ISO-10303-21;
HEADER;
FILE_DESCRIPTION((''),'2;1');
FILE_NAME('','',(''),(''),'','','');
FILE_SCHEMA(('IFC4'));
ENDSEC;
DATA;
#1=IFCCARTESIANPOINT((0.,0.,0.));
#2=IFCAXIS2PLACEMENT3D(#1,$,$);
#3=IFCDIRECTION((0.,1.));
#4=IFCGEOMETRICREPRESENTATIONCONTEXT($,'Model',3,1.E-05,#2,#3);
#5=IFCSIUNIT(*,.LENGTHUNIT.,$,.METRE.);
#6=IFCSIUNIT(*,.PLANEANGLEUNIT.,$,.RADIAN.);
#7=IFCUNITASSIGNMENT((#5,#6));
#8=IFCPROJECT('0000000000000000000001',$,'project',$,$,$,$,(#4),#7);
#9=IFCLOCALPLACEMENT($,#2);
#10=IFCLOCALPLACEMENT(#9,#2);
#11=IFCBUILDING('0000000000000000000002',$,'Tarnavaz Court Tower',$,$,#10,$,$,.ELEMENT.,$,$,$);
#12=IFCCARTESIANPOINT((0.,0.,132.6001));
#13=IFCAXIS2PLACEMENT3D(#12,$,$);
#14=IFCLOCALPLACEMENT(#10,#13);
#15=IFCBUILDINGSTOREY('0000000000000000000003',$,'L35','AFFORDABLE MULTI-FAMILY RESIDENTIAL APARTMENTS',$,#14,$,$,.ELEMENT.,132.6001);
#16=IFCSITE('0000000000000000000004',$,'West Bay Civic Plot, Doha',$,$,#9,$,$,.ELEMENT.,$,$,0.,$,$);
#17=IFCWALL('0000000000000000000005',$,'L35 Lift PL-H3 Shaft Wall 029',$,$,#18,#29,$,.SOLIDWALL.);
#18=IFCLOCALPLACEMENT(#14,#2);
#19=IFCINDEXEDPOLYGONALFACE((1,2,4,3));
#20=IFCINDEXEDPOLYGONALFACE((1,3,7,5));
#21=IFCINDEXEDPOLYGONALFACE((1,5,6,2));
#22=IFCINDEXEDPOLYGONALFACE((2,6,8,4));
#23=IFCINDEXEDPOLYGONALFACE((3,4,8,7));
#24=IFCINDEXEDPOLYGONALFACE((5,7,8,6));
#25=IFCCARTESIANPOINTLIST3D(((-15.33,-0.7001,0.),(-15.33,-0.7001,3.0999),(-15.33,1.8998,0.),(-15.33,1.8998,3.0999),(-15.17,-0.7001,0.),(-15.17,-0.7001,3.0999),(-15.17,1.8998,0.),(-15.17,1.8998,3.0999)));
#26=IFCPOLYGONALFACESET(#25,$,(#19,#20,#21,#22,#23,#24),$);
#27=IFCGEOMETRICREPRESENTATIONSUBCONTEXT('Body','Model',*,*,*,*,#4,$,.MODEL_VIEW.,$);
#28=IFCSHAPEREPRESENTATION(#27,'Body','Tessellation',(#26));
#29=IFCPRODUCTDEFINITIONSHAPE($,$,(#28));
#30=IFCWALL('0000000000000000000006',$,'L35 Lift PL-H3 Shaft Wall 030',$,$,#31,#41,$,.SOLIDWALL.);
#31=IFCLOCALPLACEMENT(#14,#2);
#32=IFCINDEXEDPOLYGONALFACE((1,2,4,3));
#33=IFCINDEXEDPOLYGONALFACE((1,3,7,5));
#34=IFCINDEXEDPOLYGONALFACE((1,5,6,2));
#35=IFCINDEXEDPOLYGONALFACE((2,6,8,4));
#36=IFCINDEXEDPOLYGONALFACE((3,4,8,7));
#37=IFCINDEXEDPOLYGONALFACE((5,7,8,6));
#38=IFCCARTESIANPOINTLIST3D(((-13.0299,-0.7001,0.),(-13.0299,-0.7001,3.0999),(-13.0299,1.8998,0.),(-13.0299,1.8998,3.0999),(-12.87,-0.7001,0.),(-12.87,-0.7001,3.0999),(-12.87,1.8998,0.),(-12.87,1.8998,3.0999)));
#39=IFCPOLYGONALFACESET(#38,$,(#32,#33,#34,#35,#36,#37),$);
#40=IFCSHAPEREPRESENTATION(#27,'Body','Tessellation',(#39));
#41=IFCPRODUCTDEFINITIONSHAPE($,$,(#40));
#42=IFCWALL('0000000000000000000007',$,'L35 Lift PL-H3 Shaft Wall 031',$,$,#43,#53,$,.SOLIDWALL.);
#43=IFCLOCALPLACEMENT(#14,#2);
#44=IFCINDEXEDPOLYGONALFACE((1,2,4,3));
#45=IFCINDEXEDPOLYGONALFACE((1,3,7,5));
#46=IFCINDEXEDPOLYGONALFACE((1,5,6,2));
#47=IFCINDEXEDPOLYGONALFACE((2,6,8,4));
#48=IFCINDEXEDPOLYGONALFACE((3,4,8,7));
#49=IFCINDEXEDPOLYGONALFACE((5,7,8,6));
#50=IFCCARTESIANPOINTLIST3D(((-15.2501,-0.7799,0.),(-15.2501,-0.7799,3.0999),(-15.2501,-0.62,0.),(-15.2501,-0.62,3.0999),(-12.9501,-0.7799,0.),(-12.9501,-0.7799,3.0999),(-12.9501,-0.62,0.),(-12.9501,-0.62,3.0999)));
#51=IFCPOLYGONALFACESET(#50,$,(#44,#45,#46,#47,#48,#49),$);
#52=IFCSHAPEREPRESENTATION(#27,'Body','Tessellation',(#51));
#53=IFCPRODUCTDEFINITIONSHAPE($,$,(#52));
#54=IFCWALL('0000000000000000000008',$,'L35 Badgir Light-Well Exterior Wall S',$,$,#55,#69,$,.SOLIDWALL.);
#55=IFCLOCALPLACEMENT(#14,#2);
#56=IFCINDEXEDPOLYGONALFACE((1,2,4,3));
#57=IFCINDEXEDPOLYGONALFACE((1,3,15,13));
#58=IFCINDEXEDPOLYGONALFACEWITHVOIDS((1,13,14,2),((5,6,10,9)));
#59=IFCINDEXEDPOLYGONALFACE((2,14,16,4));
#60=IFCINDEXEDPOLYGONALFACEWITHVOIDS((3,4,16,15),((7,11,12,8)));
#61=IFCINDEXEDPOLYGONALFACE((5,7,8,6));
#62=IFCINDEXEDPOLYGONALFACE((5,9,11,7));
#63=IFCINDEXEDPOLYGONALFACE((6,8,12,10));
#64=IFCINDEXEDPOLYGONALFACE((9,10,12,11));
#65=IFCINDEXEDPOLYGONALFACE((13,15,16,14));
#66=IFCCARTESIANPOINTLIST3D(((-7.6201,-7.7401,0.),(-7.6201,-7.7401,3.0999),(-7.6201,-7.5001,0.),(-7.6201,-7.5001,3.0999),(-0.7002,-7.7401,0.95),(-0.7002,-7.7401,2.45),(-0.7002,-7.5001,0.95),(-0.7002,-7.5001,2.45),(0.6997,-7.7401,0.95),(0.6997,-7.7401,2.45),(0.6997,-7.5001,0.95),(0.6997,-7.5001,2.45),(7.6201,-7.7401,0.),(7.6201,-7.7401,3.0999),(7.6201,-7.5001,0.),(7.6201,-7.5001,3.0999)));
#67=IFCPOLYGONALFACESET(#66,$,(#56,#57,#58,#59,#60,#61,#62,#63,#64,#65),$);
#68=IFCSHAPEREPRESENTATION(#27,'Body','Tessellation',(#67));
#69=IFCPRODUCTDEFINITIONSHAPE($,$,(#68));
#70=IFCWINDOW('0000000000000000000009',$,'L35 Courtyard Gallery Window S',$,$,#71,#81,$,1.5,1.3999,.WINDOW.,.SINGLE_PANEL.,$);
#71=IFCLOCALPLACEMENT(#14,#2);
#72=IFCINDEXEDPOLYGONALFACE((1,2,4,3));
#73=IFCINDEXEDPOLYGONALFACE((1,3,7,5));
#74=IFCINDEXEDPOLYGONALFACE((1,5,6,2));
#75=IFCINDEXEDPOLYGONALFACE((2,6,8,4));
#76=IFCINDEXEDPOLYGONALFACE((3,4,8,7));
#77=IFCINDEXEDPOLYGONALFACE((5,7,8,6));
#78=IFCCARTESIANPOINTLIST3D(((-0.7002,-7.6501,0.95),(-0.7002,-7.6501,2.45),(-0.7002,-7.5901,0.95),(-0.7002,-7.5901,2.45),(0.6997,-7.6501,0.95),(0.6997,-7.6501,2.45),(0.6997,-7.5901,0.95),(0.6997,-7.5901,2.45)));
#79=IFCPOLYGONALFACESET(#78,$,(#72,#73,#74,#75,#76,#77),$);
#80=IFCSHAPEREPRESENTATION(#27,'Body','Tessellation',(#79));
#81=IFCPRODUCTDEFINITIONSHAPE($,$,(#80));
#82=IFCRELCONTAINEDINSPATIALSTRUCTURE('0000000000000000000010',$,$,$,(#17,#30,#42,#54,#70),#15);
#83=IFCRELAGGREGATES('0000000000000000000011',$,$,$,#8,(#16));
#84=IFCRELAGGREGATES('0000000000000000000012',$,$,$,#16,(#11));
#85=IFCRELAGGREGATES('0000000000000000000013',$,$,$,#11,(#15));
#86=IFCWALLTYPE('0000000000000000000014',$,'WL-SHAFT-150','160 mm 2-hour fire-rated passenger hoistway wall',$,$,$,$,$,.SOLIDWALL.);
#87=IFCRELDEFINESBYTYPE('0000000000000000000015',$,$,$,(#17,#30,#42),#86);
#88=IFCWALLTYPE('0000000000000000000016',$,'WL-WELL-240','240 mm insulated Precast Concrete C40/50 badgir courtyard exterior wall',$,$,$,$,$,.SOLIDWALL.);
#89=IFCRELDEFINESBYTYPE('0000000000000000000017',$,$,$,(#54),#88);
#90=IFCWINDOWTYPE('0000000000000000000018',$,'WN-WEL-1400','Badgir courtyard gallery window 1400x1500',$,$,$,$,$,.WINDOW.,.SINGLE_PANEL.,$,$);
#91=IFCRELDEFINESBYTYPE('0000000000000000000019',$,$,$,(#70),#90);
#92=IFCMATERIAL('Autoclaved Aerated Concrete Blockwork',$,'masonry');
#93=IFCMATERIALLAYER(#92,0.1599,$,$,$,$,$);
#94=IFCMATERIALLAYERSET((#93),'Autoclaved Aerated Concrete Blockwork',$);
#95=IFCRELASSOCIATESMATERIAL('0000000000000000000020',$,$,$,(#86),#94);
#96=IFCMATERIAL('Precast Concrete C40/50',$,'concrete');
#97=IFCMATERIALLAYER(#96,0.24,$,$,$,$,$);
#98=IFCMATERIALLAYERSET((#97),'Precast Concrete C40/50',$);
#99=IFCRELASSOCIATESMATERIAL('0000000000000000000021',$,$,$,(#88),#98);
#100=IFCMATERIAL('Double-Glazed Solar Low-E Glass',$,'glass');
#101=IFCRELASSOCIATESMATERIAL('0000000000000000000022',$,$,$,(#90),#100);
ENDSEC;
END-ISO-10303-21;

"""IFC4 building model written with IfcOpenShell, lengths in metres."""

from ifc_helpers import new_model, si_unit, direction, frame, frame_2d, origin, place, context, subcontext, project, spatial, rectangle, extrude, material, layer, layer_set, type_object, element, fill, save


model = new_model("IFC4")

# Units and contexts
model_context = context("Model", 3, precision=1e-05, world=origin(), true_north=direction((0.0, 1.0)))
body_context = subcontext(model_context, "Body", "Model", "MODEL_VIEW")
ifc_project = project(units=[si_unit("LENGTHUNIT", "METRE"), si_unit("PLANEANGLEUNIT", "RADIAN")], contexts=[model_context])

# Site, building, storey
site_placement = place(None, origin())
site = spatial("IfcSite", under=ifc_project, at=site_placement, Name="West Bay Civic Plot, Doha", CompositionType="ELEMENT", RefElevation=0.0)
building_placement = place(site_placement, origin())
building = spatial("IfcBuilding", under=site, at=building_placement, Name="Tarnavaz Court Tower", CompositionType="ELEMENT")
storey_placement = place(building_placement, frame((0.0, 0.0, 132.6001)))
storey = spatial("IfcBuildingStorey", under=building, at=storey_placement, Name="L35", Description="AFFORDABLE MULTI-FAMILY RESIDENTIAL APARTMENTS", CompositionType="ELEMENT", Elevation=132.6001)

# Walls
ifc_material_1 = material(Name="Autoclaved Aerated Concrete Blockwork", Category="masonry")
ifc_layer_1 = layer(ifc_material_1, 0.1599)
ifc_layer_set_1 = layer_set([ifc_layer_1], Name="Autoclaved Aerated Concrete Blockwork")
wall_type_1 = type_object("IfcWallType", Name="WL-SHAFT-150", Description="160 mm 2-hour fire-rated passenger hoistway wall", PredefinedType="SOLIDWALL", material=ifc_layer_set_1)
for number, where, z_axis, x_axis, name in (
    (1, (-15.25, -0.7, 0.0), (0.0, 0.0, 1.0), (0.0, 1.0, 0.0), "L35 Lift PL-H3 Shaft Wall 029"),
    (2, (-12.95, -0.7, 0.0), (0.0, 0.0, 1.0), (0.0, 1.0, 0.0), "L35 Lift PL-H3 Shaft Wall 030"),
):
    element("IfcWall", number, at=place(storey_placement, frame(where, z_axis=z_axis, x_axis=x_axis)), inside=storey, type_object=wall_type_1, Name=name, PredefinedType="SOLIDWALL", context=body_context, shape_type="SweptSolid", body=[
        extrude(rectangle(XDim=2.5999, YDim=0.1599, at=frame_2d((1.2998, 0.0))), origin(), (0.0, 0.0, 1.0), 3.0999),
    ])
wall_1_placement = place(storey_placement, frame((-15.25, -0.7, 0.0), z_axis=(0.0, 0.0, 1.0), x_axis=(1.0, 0.0, 0.0)))
element("IfcWall", 3, at=wall_1_placement, inside=storey, type_object=wall_type_1, Name="L35 Lift PL-H3 Shaft Wall 031", PredefinedType="SOLIDWALL", context=body_context, shape_type="SweptSolid", body=[
    extrude(rectangle(XDim=2.3, YDim=0.1599, at=frame_2d((1.1499, 0.0))), origin(), (0.0, 0.0, 1.0), 3.0999),
])

# Wall, opening, window
ifc_material_2 = material(Name="Precast Concrete C40/50", Category="concrete")
ifc_layer_2 = layer(ifc_material_2, 0.24)
ifc_layer_set_2 = layer_set([ifc_layer_2], Name="Precast Concrete C40/50")
wall_type_2 = type_object("IfcWallType", Name="WL-WELL-240", Description="240 mm insulated Precast Concrete C40/50 badgir courtyard exterior wall", PredefinedType="SOLIDWALL", material=ifc_layer_set_2)
wall_2_placement = place(storey_placement, frame((-7.6201, -7.6201, 0.0), z_axis=(0.0, 0.0, 1.0), x_axis=(1.0, 0.0, 0.0)))
wall_2 = element("IfcWall", 4, at=wall_2_placement, inside=storey, type_object=wall_type_2, Name="L35 Badgir Light-Well Exterior Wall S", PredefinedType="SOLIDWALL", context=body_context, shape_type="SweptSolid", body=[
    extrude(rectangle(XDim=15.2402, YDim=0.24, at=frame_2d((7.6201, 0.0))), origin(), (0.0, 0.0, 1.0), 3.0999),
])
opening_1_placement = place(wall_2_placement, frame((6.9199, 0.0, 0.95)))
opening_1 = element("IfcOpeningElement", 5, at=opening_1_placement, cuts=wall_2, PredefinedType="OPENING", context=body_context, shape_type="SweptSolid", body=[
    extrude(rectangle(XDim=1.3999, YDim=1.5, at=frame_2d((0.7, 0.75))), frame((0.0, 0.1299, 0.0), z_axis=(0.0, -1.0, 0.0), x_axis=(1.0, 0.0, 0.0)), (0.0, 0.0, 1.0), 0.26),
])
ifc_material_3 = material(Name="Double-Glazed Solar Low-E Glass", Category="glass")
window_type = type_object("IfcWindowType", Name="WN-WEL-1400", Description="Badgir courtyard gallery window 1400x1500", PartitioningType="SINGLE_PANEL", PredefinedType="WINDOW", material=ifc_material_3)
window_placement = place(opening_1_placement, origin())
window = element("IfcWindow", 6, at=window_placement, inside=storey, type_object=window_type, Name="L35 Courtyard Gallery Window S", OverallHeight=1.5, OverallWidth=1.3999, PartitioningType="SINGLE_PANEL", PredefinedType="WINDOW", context=body_context, shape_type="SweptSolid", body=[
    extrude(rectangle(XDim=1.3999, YDim=1.5, at=frame_2d((0.7, 0.75))), frame((0.0, 0.03, 0.0), z_axis=(0.0, -1.0, 0.0), x_axis=(1.0, 0.0, 0.0)), (0.0, 0.0, 1.0), 0.0601),
])
fill(opening_1, window)

save(model, "model.ifc")
